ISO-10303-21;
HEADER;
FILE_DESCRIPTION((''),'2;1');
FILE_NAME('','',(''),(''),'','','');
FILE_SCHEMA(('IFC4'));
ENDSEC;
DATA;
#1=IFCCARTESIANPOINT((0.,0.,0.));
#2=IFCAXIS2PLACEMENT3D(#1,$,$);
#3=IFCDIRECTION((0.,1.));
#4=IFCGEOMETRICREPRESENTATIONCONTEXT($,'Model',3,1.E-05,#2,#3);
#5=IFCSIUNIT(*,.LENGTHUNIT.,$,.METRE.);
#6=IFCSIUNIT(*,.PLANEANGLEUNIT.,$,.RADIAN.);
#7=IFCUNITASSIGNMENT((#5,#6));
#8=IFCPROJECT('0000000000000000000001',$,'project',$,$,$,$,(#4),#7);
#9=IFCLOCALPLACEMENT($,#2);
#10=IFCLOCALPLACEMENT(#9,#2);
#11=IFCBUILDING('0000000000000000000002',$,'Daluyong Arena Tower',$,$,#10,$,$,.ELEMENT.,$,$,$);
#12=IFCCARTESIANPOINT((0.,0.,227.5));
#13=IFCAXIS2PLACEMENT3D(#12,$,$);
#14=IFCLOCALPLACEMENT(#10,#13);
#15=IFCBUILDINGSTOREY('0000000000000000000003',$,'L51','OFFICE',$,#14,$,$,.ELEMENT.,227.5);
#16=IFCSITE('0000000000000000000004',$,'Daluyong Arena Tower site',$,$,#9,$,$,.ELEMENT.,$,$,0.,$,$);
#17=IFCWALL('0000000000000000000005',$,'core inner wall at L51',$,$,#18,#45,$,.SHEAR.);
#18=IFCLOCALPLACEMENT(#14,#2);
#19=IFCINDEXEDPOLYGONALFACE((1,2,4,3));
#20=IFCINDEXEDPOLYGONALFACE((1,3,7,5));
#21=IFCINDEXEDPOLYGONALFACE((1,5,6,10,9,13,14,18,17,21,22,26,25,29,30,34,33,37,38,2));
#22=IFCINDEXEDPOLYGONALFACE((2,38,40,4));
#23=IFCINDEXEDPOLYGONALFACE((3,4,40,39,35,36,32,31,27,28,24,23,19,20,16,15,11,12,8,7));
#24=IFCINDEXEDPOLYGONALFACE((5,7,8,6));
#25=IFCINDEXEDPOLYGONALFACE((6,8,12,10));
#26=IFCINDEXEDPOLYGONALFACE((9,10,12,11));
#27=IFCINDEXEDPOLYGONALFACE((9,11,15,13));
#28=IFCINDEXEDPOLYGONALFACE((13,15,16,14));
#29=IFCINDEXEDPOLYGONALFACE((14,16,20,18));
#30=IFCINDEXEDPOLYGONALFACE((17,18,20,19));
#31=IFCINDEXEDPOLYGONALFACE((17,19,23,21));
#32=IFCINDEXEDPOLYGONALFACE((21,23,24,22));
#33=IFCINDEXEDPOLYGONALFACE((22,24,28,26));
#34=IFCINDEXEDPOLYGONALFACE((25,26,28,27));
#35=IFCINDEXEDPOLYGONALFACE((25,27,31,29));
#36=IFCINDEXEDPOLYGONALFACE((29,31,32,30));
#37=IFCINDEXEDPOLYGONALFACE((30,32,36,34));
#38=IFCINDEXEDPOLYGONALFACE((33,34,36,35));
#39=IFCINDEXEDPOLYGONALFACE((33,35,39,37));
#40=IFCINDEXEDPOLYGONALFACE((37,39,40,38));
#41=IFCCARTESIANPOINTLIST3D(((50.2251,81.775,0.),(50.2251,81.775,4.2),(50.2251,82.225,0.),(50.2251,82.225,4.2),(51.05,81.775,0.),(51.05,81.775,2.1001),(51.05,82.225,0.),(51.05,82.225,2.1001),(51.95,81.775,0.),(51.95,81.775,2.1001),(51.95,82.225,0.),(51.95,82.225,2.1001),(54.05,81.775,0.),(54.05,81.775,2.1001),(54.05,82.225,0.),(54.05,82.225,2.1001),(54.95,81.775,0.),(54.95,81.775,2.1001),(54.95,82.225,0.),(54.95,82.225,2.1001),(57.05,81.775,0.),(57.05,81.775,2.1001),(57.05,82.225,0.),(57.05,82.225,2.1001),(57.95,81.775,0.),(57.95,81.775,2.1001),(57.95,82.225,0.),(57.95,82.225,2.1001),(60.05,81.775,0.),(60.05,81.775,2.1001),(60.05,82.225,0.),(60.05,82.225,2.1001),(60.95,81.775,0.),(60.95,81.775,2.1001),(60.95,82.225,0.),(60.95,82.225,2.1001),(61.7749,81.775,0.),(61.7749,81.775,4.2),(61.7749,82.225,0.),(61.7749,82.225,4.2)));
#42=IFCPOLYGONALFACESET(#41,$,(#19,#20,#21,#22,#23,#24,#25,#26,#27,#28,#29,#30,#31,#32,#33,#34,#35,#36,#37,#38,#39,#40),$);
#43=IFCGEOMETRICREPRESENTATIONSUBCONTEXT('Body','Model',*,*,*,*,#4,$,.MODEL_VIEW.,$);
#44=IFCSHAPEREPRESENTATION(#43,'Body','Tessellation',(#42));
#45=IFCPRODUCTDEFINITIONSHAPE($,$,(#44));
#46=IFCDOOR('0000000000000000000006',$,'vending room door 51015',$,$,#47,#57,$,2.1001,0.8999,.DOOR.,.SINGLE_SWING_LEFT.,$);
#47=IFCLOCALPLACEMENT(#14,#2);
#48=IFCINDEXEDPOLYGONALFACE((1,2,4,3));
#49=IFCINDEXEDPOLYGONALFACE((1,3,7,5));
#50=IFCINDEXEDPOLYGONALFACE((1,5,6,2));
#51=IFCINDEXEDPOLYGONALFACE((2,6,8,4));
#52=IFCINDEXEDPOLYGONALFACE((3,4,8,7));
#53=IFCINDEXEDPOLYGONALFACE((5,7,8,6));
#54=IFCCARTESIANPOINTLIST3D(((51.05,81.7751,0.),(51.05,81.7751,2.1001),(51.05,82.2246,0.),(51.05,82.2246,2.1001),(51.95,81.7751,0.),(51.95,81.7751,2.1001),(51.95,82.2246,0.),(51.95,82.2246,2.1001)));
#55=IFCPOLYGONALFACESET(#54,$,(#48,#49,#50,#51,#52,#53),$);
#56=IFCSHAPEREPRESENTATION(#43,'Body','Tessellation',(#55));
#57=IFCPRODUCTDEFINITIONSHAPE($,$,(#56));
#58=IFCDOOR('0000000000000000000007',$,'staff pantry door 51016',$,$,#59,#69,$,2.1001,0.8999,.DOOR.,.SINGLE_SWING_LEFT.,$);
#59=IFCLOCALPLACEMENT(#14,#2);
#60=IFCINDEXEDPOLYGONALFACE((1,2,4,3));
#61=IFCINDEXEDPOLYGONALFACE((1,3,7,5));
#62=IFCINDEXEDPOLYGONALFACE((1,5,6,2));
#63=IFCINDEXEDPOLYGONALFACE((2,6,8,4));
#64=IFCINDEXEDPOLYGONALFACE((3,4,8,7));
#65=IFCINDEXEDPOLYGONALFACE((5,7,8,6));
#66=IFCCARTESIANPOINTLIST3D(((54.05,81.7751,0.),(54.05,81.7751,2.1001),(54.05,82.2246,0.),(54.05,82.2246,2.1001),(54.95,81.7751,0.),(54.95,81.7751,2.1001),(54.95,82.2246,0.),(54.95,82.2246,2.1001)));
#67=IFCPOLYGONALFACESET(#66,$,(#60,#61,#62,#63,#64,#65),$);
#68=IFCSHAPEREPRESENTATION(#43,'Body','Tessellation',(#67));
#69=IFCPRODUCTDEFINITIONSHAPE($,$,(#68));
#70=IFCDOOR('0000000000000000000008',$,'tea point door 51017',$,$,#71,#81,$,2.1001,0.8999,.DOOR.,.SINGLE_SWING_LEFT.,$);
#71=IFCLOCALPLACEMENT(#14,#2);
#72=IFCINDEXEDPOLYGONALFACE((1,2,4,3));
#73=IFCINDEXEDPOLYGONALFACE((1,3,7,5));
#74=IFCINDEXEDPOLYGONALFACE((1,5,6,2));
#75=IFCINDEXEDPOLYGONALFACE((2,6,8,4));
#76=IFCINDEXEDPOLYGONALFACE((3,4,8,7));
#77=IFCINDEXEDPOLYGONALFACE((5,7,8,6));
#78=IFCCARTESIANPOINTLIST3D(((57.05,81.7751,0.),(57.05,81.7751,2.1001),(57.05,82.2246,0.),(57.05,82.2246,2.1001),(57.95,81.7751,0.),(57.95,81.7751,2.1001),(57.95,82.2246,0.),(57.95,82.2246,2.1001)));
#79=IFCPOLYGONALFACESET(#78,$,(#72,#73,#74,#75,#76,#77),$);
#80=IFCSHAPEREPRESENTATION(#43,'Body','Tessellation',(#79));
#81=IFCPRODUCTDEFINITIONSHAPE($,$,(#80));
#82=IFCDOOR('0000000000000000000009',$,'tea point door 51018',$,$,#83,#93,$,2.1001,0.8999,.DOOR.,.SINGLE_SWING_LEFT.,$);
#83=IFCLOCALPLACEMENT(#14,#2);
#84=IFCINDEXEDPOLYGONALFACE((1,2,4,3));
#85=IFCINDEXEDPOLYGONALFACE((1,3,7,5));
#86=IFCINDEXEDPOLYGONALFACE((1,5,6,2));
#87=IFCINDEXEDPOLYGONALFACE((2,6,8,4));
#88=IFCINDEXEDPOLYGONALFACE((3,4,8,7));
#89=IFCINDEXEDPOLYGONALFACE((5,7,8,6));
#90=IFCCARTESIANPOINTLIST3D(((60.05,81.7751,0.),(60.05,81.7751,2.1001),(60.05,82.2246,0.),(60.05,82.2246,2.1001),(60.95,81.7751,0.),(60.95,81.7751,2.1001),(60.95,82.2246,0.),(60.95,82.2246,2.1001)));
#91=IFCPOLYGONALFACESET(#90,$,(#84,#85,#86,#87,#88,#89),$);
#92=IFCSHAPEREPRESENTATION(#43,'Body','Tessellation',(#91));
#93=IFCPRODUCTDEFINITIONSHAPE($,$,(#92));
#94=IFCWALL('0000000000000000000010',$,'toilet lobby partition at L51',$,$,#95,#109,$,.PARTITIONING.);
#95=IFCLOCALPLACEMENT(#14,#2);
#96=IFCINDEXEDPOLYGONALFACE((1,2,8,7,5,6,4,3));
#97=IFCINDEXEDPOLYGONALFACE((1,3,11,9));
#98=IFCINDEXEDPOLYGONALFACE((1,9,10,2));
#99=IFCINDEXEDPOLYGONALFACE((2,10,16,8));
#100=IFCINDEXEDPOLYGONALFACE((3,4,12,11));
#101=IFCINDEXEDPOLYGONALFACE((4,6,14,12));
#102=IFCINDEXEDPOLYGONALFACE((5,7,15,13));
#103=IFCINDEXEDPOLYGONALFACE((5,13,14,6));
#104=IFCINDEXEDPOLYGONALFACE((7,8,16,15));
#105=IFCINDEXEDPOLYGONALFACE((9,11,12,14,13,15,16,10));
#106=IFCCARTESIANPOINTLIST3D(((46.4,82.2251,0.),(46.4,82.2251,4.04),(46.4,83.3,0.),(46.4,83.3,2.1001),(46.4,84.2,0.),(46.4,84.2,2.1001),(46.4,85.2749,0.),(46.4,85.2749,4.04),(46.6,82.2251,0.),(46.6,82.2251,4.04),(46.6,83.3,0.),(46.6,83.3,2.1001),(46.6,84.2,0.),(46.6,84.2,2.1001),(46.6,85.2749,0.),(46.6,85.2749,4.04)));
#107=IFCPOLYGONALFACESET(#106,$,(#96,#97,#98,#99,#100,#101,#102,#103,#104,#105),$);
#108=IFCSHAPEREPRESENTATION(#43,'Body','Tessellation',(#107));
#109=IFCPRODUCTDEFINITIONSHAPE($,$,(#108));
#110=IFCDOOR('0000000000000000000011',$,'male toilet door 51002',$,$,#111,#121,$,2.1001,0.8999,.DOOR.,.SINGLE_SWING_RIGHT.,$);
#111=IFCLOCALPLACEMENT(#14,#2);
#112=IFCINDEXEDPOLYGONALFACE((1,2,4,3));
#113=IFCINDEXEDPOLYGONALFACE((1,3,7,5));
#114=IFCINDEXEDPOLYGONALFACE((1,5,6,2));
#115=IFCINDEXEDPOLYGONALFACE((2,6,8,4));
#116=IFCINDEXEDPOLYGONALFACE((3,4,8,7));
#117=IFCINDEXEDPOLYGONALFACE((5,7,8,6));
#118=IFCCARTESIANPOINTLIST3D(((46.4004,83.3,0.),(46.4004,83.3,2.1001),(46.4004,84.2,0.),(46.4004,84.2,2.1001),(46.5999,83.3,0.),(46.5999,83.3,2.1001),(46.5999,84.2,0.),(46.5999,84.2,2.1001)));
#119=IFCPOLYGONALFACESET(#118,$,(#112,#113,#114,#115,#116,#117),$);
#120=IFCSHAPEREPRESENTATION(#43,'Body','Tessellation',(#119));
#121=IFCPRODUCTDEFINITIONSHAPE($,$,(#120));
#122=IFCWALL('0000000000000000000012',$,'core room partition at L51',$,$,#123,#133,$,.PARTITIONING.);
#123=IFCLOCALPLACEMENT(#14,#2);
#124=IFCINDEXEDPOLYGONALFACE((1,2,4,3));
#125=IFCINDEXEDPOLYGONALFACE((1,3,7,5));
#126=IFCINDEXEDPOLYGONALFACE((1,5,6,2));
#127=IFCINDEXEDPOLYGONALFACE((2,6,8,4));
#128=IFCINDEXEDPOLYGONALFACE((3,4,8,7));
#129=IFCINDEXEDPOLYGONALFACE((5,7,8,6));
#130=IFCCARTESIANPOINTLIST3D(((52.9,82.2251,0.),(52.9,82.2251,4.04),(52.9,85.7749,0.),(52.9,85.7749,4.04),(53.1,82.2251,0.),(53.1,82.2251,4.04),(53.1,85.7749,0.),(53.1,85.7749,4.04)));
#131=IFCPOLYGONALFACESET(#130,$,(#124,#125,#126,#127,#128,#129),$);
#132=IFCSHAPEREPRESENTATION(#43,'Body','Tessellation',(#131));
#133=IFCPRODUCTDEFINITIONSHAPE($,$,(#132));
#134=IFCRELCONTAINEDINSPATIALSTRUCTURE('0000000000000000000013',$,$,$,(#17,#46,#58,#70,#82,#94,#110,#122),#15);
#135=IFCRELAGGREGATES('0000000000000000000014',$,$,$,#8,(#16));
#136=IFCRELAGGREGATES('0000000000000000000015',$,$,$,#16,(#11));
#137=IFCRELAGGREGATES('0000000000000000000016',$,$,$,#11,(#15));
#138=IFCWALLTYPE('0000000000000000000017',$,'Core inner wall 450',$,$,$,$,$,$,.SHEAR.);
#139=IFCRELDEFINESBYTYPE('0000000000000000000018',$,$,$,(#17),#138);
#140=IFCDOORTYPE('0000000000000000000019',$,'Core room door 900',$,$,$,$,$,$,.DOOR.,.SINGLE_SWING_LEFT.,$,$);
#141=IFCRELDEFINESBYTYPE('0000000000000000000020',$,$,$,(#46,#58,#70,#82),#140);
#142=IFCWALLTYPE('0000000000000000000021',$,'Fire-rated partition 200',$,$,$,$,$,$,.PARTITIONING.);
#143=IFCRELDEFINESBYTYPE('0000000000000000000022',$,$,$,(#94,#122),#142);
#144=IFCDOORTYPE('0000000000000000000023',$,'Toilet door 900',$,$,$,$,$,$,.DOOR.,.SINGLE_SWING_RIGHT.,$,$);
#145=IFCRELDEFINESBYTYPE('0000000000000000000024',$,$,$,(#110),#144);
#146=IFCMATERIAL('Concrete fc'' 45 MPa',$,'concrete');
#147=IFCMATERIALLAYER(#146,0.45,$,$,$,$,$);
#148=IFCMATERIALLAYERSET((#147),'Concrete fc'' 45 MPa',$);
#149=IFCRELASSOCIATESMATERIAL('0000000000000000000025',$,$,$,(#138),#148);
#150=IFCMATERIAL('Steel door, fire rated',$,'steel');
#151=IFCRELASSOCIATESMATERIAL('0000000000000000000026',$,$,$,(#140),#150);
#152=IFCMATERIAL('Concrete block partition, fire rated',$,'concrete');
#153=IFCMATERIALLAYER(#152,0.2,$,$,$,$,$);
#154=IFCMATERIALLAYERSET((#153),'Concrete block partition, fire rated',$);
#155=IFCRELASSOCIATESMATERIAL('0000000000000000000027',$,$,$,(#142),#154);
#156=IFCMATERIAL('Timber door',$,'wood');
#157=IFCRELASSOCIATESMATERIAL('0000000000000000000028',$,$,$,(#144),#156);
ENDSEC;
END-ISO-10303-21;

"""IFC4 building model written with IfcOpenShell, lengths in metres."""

from ifc_helpers import new_model, si_unit, direction, frame, frame_2d, origin, place, context, subcontext, project, spatial, rectangle, extrude, material, layer, layer_set, type_object, element, fill, save


model = new_model("IFC4")

# Units and contexts
model_context = context("Model", 3, precision=1e-05, world=origin(), true_north=direction((0.0, 1.0)))
body_context = subcontext(model_context, "Body", "Model", "MODEL_VIEW")
ifc_project = project(units=[si_unit("LENGTHUNIT", "METRE"), si_unit("PLANEANGLEUNIT", "RADIAN")], contexts=[model_context])

# Site, building, storey
site_placement = place(None, origin())
site = spatial("IfcSite", under=ifc_project, at=site_placement, Name="Daluyong Arena Tower site", CompositionType="ELEMENT", RefElevation=0.0)
building_placement = place(site_placement, origin())
building = spatial("IfcBuilding", under=site, at=building_placement, Name="Daluyong Arena Tower", CompositionType="ELEMENT")
storey_placement = place(building_placement, frame((0.0, 0.0, 227.5)))
storey = spatial("IfcBuildingStorey", under=building, at=storey_placement, Name="L51", Description="OFFICE", CompositionType="ELEMENT", Elevation=227.5)

# Wall, openings, doors
ifc_material_1 = material(Name="Concrete fc' 45 MPa", Category="concrete")
ifc_layer_1 = layer(ifc_material_1, 0.45)
ifc_layer_set_1 = layer_set([ifc_layer_1], Name="Concrete fc' 45 MPa")
wall_type_1 = type_object("IfcWallType", Name="Core inner wall 450", PredefinedType="SHEAR", material=ifc_layer_set_1)
wall_1_placement = place(storey_placement, frame((50.2251, 82.0, 0.0), z_axis=(0.0, 0.0, 1.0), x_axis=(1.0, 0.0, 0.0)))
wall_1 = element("IfcWall", 1, at=wall_1_placement, inside=storey, type_object=wall_type_1, Name="core inner wall at L51", PredefinedType="SHEAR", context=body_context, shape_type="SweptSolid", body=[
    extrude(rectangle(XDim=11.5498, YDim=0.45, at=frame_2d((5.7749, 0.0))), origin(), (0.0, 0.0, 1.0), 4.2),
])
opening_1_placement = place(wall_1_placement, frame((0.825, 0.0, 0.0)))
opening_1 = element("IfcOpeningElement", 2, at=opening_1_placement, cuts=wall_1, PredefinedType="OPENING", context=body_context, shape_type="SweptSolid", body=[
    extrude(rectangle(XDim=0.8999, YDim=2.1001, at=frame_2d((0.45, 1.05))), frame((0.0, 0.2349, 0.0), z_axis=(0.0, -1.0, 0.0), x_axis=(1.0, 0.0, 0.0)), (0.0, 0.0, 1.0), 0.47),
])
opening_2_placement = place(wall_1_placement, frame((3.825, 0.0, 0.0)))
opening_2 = element("IfcOpeningElement", 3, at=opening_2_placement, cuts=wall_1, PredefinedType="OPENING", context=body_context, shape_type="SweptSolid", body=[
    extrude(rectangle(XDim=0.8999, YDim=2.1001, at=frame_2d((0.45, 1.05))), frame((0.0, 0.2349, 0.0), z_axis=(0.0, -1.0, 0.0), x_axis=(1.0, 0.0, 0.0)), (0.0, 0.0, 1.0), 0.47),
])
opening_3_placement = place(wall_1_placement, frame((6.825, 0.0, 0.0)))
opening_3 = element("IfcOpeningElement", 4, at=opening_3_placement, cuts=wall_1, PredefinedType="OPENING", context=body_context, shape_type="SweptSolid", body=[
    extrude(rectangle(XDim=0.8999, YDim=2.1001, at=frame_2d((0.45, 1.05))), frame((0.0, 0.2349, 0.0), z_axis=(0.0, -1.0, 0.0), x_axis=(1.0, 0.0, 0.0)), (0.0, 0.0, 1.0), 0.47),
])
opening_4_placement = place(wall_1_placement, frame((9.825, 0.0, 0.0)))
opening_4 = element("IfcOpeningElement", 5, at=opening_4_placement, cuts=wall_1, PredefinedType="OPENING", context=body_context, shape_type="SweptSolid", body=[
    extrude(rectangle(XDim=0.8999, YDim=2.1001, at=frame_2d((0.45, 1.05))), frame((0.0, 0.2349, 0.0), z_axis=(0.0, -1.0, 0.0), x_axis=(1.0, 0.0, 0.0)), (0.0, 0.0, 1.0), 0.47),
])
ifc_material_2 = material(Name="Steel door, fire rated", Category="steel")
door_type_1 = type_object("IfcDoorType", Name="Core room door 900", OperationType="SINGLE_SWING_LEFT", PredefinedType="DOOR", material=ifc_material_2)
door_1_placement = place(opening_1_placement, origin())
door_1 = element("IfcDoor", 6, at=door_1_placement, inside=storey, type_object=door_type_1, Name="vending room door 51015", OperationType="SINGLE_SWING_LEFT", OverallHeight=2.1001, OverallWidth=0.8999, PredefinedType="DOOR", context=body_context, shape_type="SweptSolid", body=[
    extrude(rectangle(XDim=0.8999, YDim=2.1001, at=frame_2d((0.45, 1.05))), frame((0.0, 0.2246, 0.0), z_axis=(0.0, -1.0, 0.0), x_axis=(1.0, 0.0, 0.0)), (0.0, 0.0, 1.0), 0.4495),
])
fill(opening_1, door_1)
door_2_placement = place(opening_2_placement, origin())
door_2 = element("IfcDoor", 7, at=door_2_placement, inside=storey, type_object=door_type_1, Name="staff pantry door 51016", OperationType="SINGLE_SWING_LEFT", OverallHeight=2.1001, OverallWidth=0.8999, PredefinedType="DOOR", context=body_context, shape_type="SweptSolid", body=[
    extrude(rectangle(XDim=0.8999, YDim=2.1001, at=frame_2d((0.45, 1.05))), frame((0.0, 0.2246, 0.0), z_axis=(0.0, -1.0, 0.0), x_axis=(1.0, 0.0, 0.0)), (0.0, 0.0, 1.0), 0.4495),
])
fill(opening_2, door_2)
door_3_placement = place(opening_3_placement, origin())
door_3 = element("IfcDoor", 8, at=door_3_placement, inside=storey, type_object=door_type_1, Name="tea point door 51017", OperationType="SINGLE_SWING_LEFT", OverallHeight=2.1001, OverallWidth=0.8999, PredefinedType="DOOR", context=body_context, shape_type="SweptSolid", body=[
    extrude(rectangle(XDim=0.8999, YDim=2.1001, at=frame_2d((0.45, 1.05))), frame((0.0, 0.2246, 0.0), z_axis=(0.0, -1.0, 0.0), x_axis=(1.0, 0.0, 0.0)), (0.0, 0.0, 1.0), 0.4495),
])
fill(opening_3, door_3)
door_4_placement = place(opening_4_placement, origin())
door_4 = element("IfcDoor", 9, at=door_4_placement, inside=storey, type_object=door_type_1, Name="tea point door 51018", OperationType="SINGLE_SWING_LEFT", OverallHeight=2.1001, OverallWidth=0.8999, PredefinedType="DOOR", context=body_context, shape_type="SweptSolid", body=[
    extrude(rectangle(XDim=0.8999, YDim=2.1001, at=frame_2d((0.45, 1.05))), frame((0.0, 0.2246, 0.0), z_axis=(0.0, -1.0, 0.0), x_axis=(1.0, 0.0, 0.0)), (0.0, 0.0, 1.0), 0.4495),
])
fill(opening_4, door_4)

# Wall, opening, door
ifc_material_3 = material(Name="Concrete block partition, fire rated", Category="concrete")
ifc_layer_2 = layer(ifc_material_3, 0.2)
ifc_layer_set_2 = layer_set([ifc_layer_2], Name="Concrete block partition, fire rated")
wall_type_2 = type_object("IfcWallType", Name="Fire-rated partition 200", PredefinedType="PARTITIONING", material=ifc_layer_set_2)
wall_2_placement = place(storey_placement, frame((46.5, 82.2251, 0.0), z_axis=(0.0, 0.0, 1.0), x_axis=(0.0, 1.0, 0.0)))
wall_2 = element("IfcWall", 10, at=wall_2_placement, inside=storey, type_object=wall_type_2, Name="toilet lobby partition at L51", PredefinedType="PARTITIONING", context=body_context, shape_type="SweptSolid", body=[
    extrude(rectangle(XDim=3.0498, YDim=0.2, at=frame_2d((1.5249, 0.0))), origin(), (0.0, 0.0, 1.0), 4.04),
])
opening_5_placement = place(wall_2_placement, frame((1.075, 0.0, 0.0)))
opening_5 = element("IfcOpeningElement", 11, at=opening_5_placement, cuts=wall_2, PredefinedType="OPENING", context=body_context, shape_type="SweptSolid", body=[
    extrude(rectangle(XDim=0.8999, YDim=2.1001, at=frame_2d((0.45, 1.05))), frame((0.0, 0.1099, 0.0), z_axis=(0.0, -1.0, 0.0), x_axis=(1.0, 0.0, 0.0)), (0.0, 0.0, 1.0), 0.22),
])
ifc_material_4 = material(Name="Timber door", Category="wood")
door_type_2 = type_object("IfcDoorType", Name="Toilet door 900", OperationType="SINGLE_SWING_RIGHT", PredefinedType="DOOR", material=ifc_material_4)
door_5_placement = place(opening_5_placement, origin())
door_5 = element("IfcDoor", 12, at=door_5_placement, inside=storey, type_object=door_type_2, Name="male toilet door 51002", OperationType="SINGLE_SWING_RIGHT", OverallHeight=2.1001, OverallWidth=0.8999, PredefinedType="DOOR", context=body_context, shape_type="SweptSolid", body=[
    extrude(rectangle(XDim=0.8999, YDim=2.1001, at=frame_2d((0.45, 1.05))), frame((0.0, 0.0996, 0.0), z_axis=(0.0, -1.0, 0.0), x_axis=(1.0, 0.0, 0.0)), (0.0, 0.0, 1.0), 0.1995),
])
fill(opening_5, door_5)

# Wall
wall_3_placement = place(storey_placement, frame((53.0, 82.2251, 0.0), z_axis=(0.0, 0.0, 1.0), x_axis=(0.0, 1.0, 0.0)))
element("IfcWall", 13, at=wall_3_placement, inside=storey, type_object=wall_type_2, Name="core room partition at L51", PredefinedType="PARTITIONING", context=body_context, shape_type="SweptSolid", body=[
    extrude(rectangle(XDim=3.5498, YDim=0.2, at=frame_2d((1.7749, 0.0))), origin(), (0.0, 0.0, 1.0), 4.04),
])

save(model, "model.ifc")
